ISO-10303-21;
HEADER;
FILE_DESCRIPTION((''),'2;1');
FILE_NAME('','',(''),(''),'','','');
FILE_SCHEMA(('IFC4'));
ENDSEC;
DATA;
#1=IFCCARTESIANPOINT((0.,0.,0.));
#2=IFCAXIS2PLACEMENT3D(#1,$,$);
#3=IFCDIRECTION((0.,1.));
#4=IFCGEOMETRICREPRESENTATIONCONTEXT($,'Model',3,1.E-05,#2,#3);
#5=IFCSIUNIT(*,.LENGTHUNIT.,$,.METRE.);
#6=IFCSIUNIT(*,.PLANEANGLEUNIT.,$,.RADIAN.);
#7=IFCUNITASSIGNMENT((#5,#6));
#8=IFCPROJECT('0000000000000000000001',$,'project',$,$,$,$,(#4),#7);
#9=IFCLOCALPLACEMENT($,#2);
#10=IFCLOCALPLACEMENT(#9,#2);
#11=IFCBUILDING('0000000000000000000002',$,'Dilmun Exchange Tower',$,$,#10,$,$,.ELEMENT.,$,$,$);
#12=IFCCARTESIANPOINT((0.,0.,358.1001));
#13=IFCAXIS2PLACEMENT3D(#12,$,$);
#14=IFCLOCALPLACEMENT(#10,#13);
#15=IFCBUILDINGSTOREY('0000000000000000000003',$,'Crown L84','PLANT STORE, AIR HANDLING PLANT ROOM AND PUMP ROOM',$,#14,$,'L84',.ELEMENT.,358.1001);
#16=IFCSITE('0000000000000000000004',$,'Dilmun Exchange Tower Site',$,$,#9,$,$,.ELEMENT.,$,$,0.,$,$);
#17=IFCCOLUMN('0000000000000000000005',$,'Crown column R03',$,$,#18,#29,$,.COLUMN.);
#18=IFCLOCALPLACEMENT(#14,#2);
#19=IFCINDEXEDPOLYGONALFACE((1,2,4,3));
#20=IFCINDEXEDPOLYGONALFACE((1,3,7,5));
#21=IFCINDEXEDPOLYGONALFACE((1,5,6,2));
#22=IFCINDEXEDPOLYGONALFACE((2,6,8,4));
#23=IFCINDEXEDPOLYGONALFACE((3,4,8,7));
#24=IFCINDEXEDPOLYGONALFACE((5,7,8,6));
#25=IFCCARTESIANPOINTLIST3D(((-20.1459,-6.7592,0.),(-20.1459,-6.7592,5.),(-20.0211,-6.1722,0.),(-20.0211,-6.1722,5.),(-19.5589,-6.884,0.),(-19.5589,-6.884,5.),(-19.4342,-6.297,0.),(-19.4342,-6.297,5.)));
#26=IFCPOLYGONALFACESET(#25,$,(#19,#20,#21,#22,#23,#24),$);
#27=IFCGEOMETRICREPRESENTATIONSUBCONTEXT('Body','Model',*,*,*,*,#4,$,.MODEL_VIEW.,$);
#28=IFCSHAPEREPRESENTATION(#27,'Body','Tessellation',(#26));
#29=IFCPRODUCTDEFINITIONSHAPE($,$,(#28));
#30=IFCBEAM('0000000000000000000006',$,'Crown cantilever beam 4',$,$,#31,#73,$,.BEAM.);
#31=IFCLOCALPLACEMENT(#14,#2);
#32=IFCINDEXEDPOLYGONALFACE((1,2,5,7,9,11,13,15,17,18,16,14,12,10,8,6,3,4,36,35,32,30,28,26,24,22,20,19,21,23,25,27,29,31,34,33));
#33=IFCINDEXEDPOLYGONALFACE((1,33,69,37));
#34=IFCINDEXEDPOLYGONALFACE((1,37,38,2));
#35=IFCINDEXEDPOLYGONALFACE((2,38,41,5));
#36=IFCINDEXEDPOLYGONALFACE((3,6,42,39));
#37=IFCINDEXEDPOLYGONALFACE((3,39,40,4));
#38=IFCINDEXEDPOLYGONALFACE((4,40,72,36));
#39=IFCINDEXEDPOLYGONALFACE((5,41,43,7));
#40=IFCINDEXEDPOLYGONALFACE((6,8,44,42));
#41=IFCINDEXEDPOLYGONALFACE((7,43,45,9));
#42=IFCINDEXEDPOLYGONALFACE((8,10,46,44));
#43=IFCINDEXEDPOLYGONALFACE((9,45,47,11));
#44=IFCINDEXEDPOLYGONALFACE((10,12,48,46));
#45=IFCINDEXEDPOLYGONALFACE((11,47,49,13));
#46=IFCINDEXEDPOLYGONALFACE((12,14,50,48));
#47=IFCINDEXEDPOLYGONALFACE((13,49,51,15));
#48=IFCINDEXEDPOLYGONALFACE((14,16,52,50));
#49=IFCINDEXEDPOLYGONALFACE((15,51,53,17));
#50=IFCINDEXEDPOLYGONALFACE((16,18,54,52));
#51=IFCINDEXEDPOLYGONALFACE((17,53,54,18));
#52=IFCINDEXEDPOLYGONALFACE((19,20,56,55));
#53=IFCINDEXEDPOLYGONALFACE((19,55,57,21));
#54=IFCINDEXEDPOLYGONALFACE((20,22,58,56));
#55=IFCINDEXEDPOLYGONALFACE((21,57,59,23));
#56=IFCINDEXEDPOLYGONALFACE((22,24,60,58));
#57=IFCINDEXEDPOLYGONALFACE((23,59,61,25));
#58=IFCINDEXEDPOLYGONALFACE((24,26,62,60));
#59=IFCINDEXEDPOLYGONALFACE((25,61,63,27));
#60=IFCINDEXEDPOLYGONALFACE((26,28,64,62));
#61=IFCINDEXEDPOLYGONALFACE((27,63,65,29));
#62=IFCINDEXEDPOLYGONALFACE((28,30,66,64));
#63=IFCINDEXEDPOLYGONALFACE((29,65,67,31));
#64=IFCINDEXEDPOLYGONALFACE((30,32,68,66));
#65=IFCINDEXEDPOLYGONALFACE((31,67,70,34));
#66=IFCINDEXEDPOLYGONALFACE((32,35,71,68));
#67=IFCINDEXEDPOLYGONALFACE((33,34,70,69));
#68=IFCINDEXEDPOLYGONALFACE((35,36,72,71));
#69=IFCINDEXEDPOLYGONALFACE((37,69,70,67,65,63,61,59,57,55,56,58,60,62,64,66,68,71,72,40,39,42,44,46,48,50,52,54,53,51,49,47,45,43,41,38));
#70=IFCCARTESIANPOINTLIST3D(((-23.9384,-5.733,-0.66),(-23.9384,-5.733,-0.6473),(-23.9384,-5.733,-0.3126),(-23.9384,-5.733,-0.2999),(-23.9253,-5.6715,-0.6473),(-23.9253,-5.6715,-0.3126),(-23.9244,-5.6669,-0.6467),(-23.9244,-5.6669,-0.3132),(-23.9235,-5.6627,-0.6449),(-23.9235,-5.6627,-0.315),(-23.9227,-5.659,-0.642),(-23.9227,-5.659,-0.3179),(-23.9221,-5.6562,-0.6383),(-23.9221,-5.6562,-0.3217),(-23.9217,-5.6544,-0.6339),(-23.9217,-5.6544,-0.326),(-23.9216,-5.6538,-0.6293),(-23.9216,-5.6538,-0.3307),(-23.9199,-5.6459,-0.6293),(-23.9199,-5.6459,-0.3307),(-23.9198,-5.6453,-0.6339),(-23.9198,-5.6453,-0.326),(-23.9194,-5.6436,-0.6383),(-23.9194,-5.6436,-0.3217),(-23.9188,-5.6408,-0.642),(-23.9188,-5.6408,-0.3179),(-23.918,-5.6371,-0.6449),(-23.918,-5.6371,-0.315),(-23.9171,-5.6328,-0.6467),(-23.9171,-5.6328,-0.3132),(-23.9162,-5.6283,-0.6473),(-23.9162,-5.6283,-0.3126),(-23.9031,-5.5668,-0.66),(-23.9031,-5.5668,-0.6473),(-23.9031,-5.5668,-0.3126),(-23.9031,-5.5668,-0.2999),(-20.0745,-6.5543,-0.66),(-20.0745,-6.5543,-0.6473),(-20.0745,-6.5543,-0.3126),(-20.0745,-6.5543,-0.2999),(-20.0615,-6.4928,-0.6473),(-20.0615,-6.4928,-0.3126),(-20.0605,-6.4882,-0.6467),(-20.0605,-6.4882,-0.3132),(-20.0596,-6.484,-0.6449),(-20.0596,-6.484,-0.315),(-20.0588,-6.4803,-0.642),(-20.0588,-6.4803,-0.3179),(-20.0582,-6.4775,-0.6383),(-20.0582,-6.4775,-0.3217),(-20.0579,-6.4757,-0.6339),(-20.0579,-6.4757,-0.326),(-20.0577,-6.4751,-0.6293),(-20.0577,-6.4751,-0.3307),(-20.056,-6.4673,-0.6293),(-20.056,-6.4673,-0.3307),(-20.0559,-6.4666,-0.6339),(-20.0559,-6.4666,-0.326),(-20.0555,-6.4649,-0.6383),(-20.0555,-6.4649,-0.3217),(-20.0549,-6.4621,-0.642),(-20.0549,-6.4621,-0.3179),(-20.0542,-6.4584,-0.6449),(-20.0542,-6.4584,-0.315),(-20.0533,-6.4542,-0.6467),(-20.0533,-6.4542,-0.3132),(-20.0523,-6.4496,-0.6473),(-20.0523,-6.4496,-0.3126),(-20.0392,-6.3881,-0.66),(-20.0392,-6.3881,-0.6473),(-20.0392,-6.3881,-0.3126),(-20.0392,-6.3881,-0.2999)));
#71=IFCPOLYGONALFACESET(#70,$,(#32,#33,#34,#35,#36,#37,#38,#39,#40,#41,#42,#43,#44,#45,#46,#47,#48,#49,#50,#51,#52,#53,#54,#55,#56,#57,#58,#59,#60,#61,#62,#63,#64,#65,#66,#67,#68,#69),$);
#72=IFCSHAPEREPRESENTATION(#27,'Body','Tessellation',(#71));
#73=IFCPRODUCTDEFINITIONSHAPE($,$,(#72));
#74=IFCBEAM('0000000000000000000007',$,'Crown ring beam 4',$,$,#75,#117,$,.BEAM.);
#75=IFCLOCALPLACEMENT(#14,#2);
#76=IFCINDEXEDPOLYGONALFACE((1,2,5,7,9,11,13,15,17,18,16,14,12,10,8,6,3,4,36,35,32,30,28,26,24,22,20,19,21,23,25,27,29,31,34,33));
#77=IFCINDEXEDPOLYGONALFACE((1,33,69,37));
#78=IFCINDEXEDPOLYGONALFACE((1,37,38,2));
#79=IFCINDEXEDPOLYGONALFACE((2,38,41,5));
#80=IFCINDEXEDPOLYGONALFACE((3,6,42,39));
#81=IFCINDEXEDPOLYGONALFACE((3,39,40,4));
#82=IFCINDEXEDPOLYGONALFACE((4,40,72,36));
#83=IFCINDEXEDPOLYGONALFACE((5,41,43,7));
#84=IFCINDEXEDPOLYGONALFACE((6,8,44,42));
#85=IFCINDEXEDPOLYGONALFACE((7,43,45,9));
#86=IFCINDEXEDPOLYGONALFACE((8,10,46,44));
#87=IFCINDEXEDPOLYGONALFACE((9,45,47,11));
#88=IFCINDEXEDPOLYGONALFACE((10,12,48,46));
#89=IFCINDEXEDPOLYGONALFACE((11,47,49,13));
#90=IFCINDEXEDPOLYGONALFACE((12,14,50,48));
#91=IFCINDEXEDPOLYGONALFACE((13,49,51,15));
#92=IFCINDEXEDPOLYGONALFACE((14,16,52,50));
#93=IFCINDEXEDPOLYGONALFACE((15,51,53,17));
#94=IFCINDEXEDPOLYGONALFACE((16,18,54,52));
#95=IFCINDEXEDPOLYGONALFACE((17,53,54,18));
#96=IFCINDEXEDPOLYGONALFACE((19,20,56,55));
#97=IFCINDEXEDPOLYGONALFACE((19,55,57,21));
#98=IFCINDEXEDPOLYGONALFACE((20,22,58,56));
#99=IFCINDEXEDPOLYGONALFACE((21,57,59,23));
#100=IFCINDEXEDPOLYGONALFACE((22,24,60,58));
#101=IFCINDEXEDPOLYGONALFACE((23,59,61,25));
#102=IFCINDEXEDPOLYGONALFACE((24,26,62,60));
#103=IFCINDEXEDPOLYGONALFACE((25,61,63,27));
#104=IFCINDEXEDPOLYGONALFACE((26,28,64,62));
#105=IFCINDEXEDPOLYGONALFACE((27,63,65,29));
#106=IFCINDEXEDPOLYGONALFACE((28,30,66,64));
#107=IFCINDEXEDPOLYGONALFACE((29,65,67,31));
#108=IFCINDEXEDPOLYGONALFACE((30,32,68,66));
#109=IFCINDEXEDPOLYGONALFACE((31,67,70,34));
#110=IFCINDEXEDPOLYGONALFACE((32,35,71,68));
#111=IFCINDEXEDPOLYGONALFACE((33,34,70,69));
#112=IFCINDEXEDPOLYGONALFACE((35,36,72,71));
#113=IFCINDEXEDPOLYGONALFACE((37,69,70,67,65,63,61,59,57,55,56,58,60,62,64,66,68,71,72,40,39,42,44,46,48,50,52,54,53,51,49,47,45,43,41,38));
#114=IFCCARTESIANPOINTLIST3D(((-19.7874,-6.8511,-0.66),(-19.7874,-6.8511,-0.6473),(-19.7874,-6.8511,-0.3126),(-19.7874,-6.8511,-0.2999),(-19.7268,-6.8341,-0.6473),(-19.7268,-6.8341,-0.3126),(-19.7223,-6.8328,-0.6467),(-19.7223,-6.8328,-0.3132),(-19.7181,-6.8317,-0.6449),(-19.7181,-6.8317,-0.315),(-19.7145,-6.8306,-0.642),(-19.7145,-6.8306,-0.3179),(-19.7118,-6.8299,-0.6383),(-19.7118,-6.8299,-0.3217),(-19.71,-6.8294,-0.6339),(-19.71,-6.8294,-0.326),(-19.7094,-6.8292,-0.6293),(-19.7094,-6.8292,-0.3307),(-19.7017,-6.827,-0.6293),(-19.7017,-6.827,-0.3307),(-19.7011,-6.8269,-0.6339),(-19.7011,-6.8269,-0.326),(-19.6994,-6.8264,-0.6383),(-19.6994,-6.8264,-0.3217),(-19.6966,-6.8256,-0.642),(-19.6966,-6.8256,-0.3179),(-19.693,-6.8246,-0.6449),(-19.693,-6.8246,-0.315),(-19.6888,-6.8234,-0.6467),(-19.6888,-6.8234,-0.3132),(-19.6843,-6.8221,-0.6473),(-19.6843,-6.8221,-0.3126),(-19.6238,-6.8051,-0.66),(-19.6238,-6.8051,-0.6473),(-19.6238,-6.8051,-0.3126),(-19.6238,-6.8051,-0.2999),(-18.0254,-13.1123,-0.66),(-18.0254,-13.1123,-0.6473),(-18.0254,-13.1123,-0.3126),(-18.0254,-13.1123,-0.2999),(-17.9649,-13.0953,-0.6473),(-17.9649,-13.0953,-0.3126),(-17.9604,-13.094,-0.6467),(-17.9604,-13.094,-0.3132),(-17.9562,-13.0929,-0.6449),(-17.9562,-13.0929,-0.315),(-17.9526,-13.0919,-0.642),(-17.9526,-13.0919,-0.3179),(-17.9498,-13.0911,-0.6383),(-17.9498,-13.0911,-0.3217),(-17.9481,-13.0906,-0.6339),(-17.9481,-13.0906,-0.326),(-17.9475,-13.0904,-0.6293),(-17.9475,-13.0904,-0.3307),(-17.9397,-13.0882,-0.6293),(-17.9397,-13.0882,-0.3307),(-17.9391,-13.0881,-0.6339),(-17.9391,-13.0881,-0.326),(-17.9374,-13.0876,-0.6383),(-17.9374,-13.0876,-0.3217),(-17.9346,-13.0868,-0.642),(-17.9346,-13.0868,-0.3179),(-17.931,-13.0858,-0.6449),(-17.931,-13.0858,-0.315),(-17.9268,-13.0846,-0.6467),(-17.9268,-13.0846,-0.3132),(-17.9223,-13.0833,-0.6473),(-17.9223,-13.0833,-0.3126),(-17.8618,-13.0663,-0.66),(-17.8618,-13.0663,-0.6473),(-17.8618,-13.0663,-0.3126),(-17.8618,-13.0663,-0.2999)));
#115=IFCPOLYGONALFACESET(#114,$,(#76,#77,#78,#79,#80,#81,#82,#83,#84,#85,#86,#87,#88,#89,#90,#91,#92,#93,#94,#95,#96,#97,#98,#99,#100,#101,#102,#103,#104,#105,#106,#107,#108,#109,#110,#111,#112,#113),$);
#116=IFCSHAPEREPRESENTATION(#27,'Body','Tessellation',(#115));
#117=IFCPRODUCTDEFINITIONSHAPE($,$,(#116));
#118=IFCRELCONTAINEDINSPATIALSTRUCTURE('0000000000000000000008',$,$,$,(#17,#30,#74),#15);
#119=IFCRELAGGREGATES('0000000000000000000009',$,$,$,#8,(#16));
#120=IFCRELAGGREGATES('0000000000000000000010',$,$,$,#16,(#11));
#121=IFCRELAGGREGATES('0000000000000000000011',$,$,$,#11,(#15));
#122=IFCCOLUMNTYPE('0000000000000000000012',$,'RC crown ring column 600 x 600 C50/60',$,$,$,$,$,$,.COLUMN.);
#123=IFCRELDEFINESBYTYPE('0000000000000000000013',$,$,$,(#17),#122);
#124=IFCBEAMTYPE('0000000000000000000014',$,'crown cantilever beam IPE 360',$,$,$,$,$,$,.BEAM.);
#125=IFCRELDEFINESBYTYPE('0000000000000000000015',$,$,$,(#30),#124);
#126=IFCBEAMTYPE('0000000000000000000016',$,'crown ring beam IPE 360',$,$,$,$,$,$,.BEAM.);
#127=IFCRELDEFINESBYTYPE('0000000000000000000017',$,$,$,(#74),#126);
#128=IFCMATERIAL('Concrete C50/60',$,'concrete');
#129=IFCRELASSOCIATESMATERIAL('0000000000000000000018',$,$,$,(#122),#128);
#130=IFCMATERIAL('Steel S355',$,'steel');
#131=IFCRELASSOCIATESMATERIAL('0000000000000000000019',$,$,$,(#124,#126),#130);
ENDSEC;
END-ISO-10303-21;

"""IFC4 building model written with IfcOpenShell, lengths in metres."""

from ifc_helpers import new_model, si_unit, direction, frame, origin, origin_2d, place, context, subcontext, project, spatial, rectangle, i_section, extrude, material, material_profile, profile_set, type_object, element, save


model = new_model("IFC4")

# Units and contexts
model_context = context("Model", 3, precision=1e-05, world=origin(), true_north=direction((0.0, 1.0)))
body_context = subcontext(model_context, "Body", "Model", "MODEL_VIEW")
ifc_project = project(units=[si_unit("LENGTHUNIT", "METRE"), si_unit("PLANEANGLEUNIT", "RADIAN")], contexts=[model_context])

# Site, building, storey
site_placement = place(None, origin())
site = spatial("IfcSite", under=ifc_project, at=site_placement, Name="Dilmun Exchange Tower Site", CompositionType="ELEMENT", RefElevation=0.0)
building_placement = place(site_placement, origin())
building = spatial("IfcBuilding", under=site, at=building_placement, Name="Dilmun Exchange Tower", CompositionType="ELEMENT")
storey_placement = place(building_placement, frame((0.0, 0.0, 358.1001)))
storey = spatial("IfcBuildingStorey", under=building, at=storey_placement, Name="Crown L84", Description="PLANT STORE, AIR HANDLING PLANT ROOM AND PUMP ROOM", LongName="L84", CompositionType="ELEMENT", Elevation=358.1001)

# Column
ifc_material_1 = material(Name="Concrete C50/60", Category="concrete")
ifc_material_profile_1 = material_profile(ifc_material_1, rectangle(XDim=0.6001, YDim=0.6001, at=origin_2d()), Name="600 x 600")
ifc_profile_set_1 = profile_set([ifc_material_profile_1], Name="Concrete C50/60")
column_type = type_object("IfcColumnType", Name="RC crown ring column 600 x 600 C50/60", PredefinedType="COLUMN", material=ifc_profile_set_1)
column_placement = place(storey_placement, frame((-19.79, -6.5281, 0.0), z_axis=(0.0, 0.0, 1.0), x_axis=(0.207912, 0.978148, 0.0)))
element("IfcColumn", 1, at=column_placement, inside=storey, type_object=column_type, Name="Crown column R03", PredefinedType="COLUMN", context=body_context, shape_type="SweptSolid", body=[
    extrude(rectangle(XDim=0.6001, YDim=0.6001, at=origin_2d()), origin(), (0.0, 0.0, 1.0), 5.0),
])

# Beams
ifc_material_2 = material(Name="Steel S355", Category="steel")
ifc_material_profile_2 = material_profile(ifc_material_2, i_section(OverallWidth=0.1699, OverallDepth=0.3601, WebThickness=0.0081, FlangeThickness=0.0127, FilletRadius=0.0181, at=origin_2d()), Name="IPE 360")
ifc_profile_set_2 = profile_set([ifc_material_profile_2], Name="Steel S355")
beam_type_1 = type_object("IfcBeamType", Name="crown cantilever beam IPE 360", PredefinedType="BEAM", material=ifc_profile_set_2)
beam_1_placement = place(storey_placement, frame((-20.0569, -6.4712, -0.48), z_axis=(-0.978147, 0.207916, 0.0), x_axis=(-0.207916, -0.978147, 0.0)))
element("IfcBeam", 2, at=beam_1_placement, inside=storey, type_object=beam_type_1, Name="Crown cantilever beam 4", PredefinedType="BEAM", context=body_context, shape_type="SweptSolid", body=[
    extrude(i_section(OverallWidth=0.1699, OverallDepth=0.3601, WebThickness=0.0081, FlangeThickness=0.0127, FilletRadius=0.0181, at=origin_2d()), origin(), (0.0, 0.0, 1.0), 3.9502),
])
ifc_material_profile_3 = material_profile(ifc_material_2, i_section(OverallWidth=0.1699, OverallDepth=0.3601, WebThickness=0.0081, FlangeThickness=0.0127, FilletRadius=0.0181, at=origin_2d()), Name="IPE 360")
ifc_profile_set_3 = profile_set([ifc_material_profile_3], Name="Steel S355")
beam_type_2 = type_object("IfcBeamType", Name="crown ring beam IPE 360", PredefinedType="BEAM", material=ifc_profile_set_3)
beam_2_placement = place(storey_placement, frame((-19.7056, -6.8281, -0.48), z_axis=(0.270887, -0.962611, 0.0), x_axis=(0.962611, 0.270887, 0.0)))
element("IfcBeam", 3, at=beam_2_placement, inside=storey, type_object=beam_type_2, Name="Crown ring beam 4", PredefinedType="BEAM", context=body_context, shape_type="SweptSolid", body=[
    extrude(i_section(OverallWidth=0.1699, OverallDepth=0.3601, WebThickness=0.0081, FlangeThickness=0.0127, FilletRadius=0.0181, at=origin_2d()), origin(), (0.0, 0.0, 1.0), 6.5044),
])

save(model, "model.ifc")
